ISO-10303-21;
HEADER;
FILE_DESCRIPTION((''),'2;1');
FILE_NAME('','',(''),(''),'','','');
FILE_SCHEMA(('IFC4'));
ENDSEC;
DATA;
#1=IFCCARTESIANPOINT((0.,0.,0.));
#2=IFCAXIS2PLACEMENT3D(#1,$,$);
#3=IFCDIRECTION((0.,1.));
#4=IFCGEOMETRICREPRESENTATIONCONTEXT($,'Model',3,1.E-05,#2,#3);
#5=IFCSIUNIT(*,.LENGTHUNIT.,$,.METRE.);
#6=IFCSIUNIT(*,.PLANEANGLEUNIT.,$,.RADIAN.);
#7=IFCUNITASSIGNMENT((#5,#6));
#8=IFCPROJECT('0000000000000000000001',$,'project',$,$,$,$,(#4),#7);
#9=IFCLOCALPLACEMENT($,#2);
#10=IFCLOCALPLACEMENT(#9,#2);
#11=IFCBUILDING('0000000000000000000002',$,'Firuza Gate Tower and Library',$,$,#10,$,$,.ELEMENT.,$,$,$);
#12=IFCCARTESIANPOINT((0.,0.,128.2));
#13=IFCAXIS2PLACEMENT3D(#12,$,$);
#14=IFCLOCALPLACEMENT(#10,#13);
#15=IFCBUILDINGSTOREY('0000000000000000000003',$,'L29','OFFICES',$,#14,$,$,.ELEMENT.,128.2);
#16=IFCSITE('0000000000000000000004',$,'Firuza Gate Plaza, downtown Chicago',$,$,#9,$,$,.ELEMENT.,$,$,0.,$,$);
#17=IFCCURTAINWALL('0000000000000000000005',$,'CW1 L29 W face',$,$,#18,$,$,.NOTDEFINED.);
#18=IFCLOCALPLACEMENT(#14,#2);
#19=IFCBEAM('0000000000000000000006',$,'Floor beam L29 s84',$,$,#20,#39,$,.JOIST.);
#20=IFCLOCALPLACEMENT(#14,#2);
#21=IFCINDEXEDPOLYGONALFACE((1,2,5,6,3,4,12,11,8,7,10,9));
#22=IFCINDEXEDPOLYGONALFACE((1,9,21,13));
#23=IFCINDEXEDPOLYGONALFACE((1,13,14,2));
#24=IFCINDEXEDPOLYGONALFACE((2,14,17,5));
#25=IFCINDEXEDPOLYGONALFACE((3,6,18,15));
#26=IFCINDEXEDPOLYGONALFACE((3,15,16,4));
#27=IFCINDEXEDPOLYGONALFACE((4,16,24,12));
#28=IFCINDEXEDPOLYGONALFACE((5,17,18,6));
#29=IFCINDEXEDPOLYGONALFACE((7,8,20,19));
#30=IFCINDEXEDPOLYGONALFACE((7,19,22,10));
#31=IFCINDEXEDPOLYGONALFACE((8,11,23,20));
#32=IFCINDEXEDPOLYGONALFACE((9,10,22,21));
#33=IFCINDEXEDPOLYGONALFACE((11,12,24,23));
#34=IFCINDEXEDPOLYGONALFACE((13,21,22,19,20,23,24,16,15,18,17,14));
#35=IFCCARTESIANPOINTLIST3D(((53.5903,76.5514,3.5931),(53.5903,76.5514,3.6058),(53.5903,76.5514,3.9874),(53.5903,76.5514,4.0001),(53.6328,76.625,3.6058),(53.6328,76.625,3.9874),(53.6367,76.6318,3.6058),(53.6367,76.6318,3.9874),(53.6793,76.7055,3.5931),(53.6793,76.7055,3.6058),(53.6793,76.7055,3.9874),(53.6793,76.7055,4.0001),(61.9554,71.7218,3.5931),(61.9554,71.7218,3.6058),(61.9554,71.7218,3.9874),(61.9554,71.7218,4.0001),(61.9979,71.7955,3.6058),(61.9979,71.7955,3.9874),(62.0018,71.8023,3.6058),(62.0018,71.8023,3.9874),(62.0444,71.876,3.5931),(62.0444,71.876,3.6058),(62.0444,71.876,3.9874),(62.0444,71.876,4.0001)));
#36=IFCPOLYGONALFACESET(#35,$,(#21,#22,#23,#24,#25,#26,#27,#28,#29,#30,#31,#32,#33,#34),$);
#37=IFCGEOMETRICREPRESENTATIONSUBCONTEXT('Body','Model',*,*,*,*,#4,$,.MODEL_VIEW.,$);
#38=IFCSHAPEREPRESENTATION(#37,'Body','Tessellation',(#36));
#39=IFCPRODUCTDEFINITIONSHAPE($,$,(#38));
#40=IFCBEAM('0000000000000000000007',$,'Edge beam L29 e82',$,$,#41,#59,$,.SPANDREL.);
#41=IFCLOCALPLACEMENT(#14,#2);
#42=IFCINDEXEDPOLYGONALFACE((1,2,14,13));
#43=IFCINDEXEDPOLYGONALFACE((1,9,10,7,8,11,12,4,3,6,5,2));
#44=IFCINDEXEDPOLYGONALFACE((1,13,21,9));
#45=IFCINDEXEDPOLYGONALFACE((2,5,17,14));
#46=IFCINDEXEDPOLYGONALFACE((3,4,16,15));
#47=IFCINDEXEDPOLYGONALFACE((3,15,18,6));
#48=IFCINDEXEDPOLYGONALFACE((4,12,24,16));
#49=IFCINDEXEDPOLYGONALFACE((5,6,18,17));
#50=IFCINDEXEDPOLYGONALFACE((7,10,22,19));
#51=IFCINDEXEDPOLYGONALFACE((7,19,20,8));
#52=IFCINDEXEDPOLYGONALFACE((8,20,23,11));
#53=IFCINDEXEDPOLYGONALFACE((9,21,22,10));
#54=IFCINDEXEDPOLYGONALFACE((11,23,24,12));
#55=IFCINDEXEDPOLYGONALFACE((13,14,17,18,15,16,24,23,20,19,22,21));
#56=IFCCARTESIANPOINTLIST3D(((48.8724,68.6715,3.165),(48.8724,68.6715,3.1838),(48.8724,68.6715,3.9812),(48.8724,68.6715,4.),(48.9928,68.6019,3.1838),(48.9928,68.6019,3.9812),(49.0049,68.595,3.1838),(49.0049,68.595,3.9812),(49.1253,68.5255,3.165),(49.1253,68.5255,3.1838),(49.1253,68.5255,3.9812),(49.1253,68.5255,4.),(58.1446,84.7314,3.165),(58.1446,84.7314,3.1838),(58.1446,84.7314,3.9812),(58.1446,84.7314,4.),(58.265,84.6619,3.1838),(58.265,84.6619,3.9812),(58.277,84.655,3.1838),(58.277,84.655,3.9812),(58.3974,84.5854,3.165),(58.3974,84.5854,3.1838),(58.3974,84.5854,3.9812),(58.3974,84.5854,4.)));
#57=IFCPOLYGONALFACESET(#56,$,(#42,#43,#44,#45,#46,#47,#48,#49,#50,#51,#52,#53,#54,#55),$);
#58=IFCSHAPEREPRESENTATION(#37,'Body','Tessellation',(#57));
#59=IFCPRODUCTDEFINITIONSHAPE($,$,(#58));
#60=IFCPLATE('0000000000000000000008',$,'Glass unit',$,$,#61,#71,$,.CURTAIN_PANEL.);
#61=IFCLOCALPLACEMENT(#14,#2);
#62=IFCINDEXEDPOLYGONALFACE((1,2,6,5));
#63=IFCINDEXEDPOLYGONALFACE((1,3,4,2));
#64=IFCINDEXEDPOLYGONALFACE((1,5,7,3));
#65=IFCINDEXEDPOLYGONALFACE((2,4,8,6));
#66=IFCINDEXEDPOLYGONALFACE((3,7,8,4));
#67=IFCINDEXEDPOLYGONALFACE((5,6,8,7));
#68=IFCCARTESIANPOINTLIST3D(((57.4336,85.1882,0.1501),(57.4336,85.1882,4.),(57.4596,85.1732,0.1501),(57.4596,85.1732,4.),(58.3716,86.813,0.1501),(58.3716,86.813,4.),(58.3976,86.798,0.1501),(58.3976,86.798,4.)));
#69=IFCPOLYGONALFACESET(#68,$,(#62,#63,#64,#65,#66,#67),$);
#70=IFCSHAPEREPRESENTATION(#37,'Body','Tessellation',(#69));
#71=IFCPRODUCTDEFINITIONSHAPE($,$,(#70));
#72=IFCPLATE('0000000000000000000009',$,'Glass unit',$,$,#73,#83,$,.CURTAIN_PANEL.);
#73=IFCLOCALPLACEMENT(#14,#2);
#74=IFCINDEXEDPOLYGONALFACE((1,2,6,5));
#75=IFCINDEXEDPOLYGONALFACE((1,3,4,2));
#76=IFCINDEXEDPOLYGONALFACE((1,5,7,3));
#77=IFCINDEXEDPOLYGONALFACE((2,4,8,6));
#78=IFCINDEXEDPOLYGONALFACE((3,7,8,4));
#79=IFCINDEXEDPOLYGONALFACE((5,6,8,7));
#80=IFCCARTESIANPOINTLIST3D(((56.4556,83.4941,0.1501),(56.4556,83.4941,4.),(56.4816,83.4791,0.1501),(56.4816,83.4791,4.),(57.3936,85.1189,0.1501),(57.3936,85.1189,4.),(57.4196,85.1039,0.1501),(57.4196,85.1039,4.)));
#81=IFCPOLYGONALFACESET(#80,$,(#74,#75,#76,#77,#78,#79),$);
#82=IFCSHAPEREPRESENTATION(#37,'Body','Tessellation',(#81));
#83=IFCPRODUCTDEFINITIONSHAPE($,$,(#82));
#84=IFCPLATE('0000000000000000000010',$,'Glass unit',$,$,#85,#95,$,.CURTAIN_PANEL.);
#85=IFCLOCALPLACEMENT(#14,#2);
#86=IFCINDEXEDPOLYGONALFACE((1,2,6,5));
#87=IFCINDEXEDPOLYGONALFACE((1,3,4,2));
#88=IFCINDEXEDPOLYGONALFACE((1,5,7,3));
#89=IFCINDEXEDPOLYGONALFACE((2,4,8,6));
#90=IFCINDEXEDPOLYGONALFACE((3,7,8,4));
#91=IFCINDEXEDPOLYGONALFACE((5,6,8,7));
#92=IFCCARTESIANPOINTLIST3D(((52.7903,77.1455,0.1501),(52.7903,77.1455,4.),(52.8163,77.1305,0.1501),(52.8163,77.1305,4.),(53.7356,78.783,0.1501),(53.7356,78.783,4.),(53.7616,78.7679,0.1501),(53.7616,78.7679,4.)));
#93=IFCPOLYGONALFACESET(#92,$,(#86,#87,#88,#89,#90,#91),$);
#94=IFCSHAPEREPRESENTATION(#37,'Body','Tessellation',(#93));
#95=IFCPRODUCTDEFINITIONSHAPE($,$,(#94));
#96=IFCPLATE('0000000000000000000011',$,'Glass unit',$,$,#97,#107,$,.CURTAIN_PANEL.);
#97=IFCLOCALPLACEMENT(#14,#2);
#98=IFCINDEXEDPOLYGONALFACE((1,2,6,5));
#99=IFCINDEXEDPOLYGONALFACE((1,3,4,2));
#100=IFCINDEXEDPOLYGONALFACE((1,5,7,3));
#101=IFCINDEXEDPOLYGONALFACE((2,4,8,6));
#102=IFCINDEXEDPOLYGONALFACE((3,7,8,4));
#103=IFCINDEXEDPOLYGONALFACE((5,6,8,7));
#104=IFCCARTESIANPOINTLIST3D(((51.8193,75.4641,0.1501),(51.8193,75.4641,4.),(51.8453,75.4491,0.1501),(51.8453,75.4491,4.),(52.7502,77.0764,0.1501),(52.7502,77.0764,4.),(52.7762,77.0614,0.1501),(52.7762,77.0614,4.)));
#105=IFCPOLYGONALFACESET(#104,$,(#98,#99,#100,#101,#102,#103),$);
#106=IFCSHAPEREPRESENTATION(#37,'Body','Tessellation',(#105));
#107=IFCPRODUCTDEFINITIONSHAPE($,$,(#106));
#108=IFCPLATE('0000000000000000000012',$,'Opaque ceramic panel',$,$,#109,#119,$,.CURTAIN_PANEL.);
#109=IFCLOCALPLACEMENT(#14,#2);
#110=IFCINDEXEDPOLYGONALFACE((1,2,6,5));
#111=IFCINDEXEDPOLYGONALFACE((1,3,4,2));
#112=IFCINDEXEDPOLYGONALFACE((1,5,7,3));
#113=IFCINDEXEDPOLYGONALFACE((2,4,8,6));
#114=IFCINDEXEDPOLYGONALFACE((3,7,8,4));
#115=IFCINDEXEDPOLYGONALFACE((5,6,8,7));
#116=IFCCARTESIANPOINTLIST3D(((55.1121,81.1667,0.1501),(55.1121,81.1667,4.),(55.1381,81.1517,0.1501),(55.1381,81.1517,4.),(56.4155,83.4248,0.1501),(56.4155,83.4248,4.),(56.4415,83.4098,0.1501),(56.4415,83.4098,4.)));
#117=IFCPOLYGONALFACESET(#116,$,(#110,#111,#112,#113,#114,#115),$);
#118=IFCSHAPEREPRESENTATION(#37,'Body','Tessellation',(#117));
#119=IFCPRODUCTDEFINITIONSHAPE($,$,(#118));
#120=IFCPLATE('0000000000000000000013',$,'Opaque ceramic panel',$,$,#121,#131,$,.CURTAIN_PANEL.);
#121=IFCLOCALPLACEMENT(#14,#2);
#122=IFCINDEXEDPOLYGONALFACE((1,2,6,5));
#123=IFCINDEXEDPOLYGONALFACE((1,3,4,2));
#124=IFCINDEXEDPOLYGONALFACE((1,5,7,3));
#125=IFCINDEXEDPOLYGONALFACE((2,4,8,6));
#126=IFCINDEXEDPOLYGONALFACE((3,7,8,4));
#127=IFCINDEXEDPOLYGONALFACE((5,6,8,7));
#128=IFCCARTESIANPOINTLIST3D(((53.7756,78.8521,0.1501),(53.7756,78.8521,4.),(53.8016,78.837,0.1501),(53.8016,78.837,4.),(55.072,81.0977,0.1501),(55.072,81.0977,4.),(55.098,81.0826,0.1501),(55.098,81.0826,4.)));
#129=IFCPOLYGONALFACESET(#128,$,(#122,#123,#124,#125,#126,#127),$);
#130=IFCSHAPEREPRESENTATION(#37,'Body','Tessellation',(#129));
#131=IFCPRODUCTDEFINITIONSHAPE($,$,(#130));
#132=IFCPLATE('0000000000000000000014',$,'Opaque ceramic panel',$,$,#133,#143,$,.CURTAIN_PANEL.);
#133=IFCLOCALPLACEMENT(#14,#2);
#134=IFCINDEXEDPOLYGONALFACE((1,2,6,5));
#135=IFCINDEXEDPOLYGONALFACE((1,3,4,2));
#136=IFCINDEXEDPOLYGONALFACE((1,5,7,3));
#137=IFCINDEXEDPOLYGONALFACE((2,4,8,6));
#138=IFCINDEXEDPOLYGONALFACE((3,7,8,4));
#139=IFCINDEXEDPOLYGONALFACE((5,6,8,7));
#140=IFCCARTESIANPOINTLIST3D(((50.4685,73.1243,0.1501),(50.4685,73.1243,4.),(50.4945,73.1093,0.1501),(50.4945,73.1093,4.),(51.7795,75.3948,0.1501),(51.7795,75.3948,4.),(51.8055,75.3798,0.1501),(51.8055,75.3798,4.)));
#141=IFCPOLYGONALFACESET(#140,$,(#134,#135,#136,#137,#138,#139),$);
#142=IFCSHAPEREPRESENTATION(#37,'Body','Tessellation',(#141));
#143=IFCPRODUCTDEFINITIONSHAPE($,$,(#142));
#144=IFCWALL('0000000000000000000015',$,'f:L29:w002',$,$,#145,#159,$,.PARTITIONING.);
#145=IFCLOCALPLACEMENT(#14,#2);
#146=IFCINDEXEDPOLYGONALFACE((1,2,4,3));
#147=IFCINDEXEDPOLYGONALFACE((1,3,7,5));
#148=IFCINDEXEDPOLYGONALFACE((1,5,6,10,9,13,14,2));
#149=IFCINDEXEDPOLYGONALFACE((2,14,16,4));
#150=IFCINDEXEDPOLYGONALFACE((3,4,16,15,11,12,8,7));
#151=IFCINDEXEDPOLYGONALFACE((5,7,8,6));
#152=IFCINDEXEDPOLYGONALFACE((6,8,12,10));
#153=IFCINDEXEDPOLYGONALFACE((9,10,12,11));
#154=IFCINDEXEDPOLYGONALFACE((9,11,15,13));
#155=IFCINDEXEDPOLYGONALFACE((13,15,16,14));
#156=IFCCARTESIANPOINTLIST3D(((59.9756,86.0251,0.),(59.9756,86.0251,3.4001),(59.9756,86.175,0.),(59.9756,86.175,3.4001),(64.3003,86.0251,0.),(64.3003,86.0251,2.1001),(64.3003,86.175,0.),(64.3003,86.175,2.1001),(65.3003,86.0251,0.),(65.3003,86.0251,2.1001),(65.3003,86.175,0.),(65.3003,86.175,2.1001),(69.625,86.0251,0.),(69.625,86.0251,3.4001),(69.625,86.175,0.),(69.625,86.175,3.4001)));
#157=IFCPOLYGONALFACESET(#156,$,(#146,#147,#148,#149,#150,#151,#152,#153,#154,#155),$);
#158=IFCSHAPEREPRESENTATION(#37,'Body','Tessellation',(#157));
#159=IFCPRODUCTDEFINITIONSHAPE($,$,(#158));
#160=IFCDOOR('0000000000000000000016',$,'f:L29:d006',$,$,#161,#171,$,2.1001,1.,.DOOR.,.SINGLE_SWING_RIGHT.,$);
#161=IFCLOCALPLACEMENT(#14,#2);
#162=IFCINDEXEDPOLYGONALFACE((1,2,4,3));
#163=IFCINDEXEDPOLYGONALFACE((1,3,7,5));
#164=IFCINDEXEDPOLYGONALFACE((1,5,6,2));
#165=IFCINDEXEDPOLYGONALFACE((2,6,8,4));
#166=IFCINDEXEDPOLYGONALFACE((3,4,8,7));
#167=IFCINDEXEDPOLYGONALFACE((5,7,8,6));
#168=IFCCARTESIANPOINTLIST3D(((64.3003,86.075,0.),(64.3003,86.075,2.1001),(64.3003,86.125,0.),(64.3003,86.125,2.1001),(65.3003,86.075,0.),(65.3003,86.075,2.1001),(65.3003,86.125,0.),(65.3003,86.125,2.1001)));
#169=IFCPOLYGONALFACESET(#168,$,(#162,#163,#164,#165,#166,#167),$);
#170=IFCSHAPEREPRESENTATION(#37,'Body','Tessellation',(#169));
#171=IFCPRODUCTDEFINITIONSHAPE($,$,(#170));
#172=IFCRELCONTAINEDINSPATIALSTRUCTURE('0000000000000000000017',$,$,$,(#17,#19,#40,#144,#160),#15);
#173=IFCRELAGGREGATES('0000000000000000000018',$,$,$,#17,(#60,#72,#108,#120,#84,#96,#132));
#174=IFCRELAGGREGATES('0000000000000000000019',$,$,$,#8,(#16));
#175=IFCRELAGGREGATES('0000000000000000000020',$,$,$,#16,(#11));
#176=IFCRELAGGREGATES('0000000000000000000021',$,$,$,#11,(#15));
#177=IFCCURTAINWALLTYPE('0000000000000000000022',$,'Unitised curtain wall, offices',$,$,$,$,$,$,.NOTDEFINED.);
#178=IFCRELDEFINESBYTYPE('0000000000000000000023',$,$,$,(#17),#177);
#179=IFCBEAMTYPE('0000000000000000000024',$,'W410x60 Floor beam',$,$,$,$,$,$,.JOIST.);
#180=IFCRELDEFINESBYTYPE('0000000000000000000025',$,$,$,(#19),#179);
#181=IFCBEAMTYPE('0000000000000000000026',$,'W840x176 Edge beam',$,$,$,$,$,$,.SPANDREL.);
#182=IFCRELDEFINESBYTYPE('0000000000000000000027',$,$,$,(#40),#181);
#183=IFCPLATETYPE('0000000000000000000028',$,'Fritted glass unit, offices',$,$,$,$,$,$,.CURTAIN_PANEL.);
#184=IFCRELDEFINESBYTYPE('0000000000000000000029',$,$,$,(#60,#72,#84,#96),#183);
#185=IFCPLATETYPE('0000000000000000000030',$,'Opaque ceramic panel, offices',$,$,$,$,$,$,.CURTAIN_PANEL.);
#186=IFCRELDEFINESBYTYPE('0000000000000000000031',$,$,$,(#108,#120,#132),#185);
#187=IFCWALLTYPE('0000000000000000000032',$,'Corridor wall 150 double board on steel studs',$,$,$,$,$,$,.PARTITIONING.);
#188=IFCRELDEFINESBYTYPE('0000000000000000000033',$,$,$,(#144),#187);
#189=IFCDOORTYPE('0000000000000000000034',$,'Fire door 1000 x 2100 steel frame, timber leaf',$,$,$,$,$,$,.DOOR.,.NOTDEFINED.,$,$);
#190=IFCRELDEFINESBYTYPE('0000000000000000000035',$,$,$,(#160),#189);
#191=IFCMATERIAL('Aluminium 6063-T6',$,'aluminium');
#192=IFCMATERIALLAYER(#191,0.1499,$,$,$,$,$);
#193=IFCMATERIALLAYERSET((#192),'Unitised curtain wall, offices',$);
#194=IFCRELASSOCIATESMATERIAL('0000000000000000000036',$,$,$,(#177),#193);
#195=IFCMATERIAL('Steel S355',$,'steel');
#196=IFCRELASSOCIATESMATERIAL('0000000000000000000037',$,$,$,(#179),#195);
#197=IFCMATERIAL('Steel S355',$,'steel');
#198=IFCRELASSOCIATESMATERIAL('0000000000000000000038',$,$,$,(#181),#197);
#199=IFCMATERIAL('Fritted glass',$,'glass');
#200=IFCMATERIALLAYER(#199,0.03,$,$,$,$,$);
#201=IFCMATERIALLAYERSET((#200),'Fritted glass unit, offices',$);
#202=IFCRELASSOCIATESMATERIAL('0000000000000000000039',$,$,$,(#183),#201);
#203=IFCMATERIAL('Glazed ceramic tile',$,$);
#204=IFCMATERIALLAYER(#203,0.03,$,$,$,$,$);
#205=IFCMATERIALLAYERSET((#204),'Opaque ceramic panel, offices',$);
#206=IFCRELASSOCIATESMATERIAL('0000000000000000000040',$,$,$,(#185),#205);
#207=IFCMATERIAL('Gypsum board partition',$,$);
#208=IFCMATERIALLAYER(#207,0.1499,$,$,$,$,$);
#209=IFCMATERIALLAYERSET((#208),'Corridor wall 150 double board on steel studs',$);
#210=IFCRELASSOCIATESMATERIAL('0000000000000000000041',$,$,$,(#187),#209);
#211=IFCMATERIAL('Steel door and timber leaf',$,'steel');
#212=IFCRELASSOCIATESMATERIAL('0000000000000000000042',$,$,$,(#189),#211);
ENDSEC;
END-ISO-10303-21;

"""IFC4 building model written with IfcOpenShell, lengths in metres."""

from ifc_helpers import new_model, si_unit, direction, frame, frame_2d, origin, origin_2d, place, context, subcontext, project, spatial, polyline, rectangle, i_section, outline, extrude, material, layer, layer_set, material_profile, profile_set, type_object, element, fill, aggregate, save


model = new_model("IFC4")

# Units and contexts
model_context = context("Model", 3, precision=1e-05, world=origin(), true_north=direction((0.0, 1.0)))
body_context = subcontext(model_context, "Body", "Model", "MODEL_VIEW")
ifc_project = project(units=[si_unit("LENGTHUNIT", "METRE"), si_unit("PLANEANGLEUNIT", "RADIAN")], contexts=[model_context])

# Site, building, storey
site_placement = place(None, origin())
site = spatial("IfcSite", under=ifc_project, at=site_placement, Name="Firuza Gate Plaza, downtown Chicago", CompositionType="ELEMENT", RefElevation=0.0)
building_placement = place(site_placement, origin())
building = spatial("IfcBuilding", under=site, at=building_placement, Name="Firuza Gate Tower and Library", CompositionType="ELEMENT")
storey_placement = place(building_placement, frame((0.0, 0.0, 128.2)))
storey = spatial("IfcBuildingStorey", under=building, at=storey_placement, Name="L29", Description="OFFICES", CompositionType="ELEMENT", Elevation=128.2)

# Curtain wall
ifc_material_1 = material(Name="Aluminium 6063-T6", Category="aluminium")
ifc_layer_1 = layer(ifc_material_1, 0.1499)
ifc_layer_set_1 = layer_set([ifc_layer_1], Name="Unitised curtain wall, offices")
curtain_wall_type = type_object("IfcCurtainWallType", Name="Unitised curtain wall, offices", PredefinedType="NOTDEFINED", material=ifc_layer_set_1)
curtain_wall_placement = place(storey_placement, origin())
curtain_wall = element("IfcCurtainWall", 1, at=curtain_wall_placement, inside=storey, type_object=curtain_wall_type, Name="CW1 L29 W face", PredefinedType="NOTDEFINED")

# Beams
ifc_material_2 = material(Name="Steel S355", Category="steel")
ifc_material_profile_1 = material_profile(ifc_material_2, i_section(OverallWidth=0.178, OverallDepth=0.407, WebThickness=0.0078, FlangeThickness=0.0127, at=origin_2d()))
ifc_profile_set_1 = profile_set([ifc_material_profile_1], Name="Steel S355")
beam_type_1 = type_object("IfcBeamType", Name="W410x60 Floor beam", PredefinedType="JOIST", material=ifc_profile_set_1)
beam_1_placement = place(storey_placement, frame((53.6348, 76.6284, 3.7966), z_axis=(0.866029, -0.499994, 0.0), x_axis=(0.499994, 0.866029, 0.0)))
element("IfcBeam", 2, at=beam_1_placement, inside=storey, type_object=beam_type_1, Name="Floor beam L29 s84", PredefinedType="JOIST", context=body_context, shape_type="SweptSolid", body=[
    extrude(i_section(OverallWidth=0.178, OverallDepth=0.407, WebThickness=0.0078, FlangeThickness=0.0127, at=origin_2d()), origin(), (0.0, 0.0, 1.0), 9.6592),
])
ifc_material_3 = material(Name="Steel S355", Category="steel")
ifc_material_profile_2 = material_profile(ifc_material_3, i_section(OverallWidth=0.292, OverallDepth=0.835, WebThickness=0.0139, FlangeThickness=0.0188, at=origin_2d()))
ifc_profile_set_2 = profile_set([ifc_material_profile_2], Name="Steel S355")
beam_type_2 = type_object("IfcBeamType", Name="W840x176 Edge beam", PredefinedType="SPANDREL", material=ifc_profile_set_2)
beam_2_placement = place(storey_placement, frame((58.271, 84.6584, 3.5825), z_axis=(-0.499997, -0.866027, 0.0), x_axis=(0.866027, -0.499997, 0.0)))
element("IfcBeam", 3, at=beam_2_placement, inside=storey, type_object=beam_type_2, Name="Edge beam L29 e82", PredefinedType="SPANDREL", context=body_context, shape_type="SweptSolid", body=[
    extrude(i_section(OverallWidth=0.292, OverallDepth=0.835, WebThickness=0.0139, FlangeThickness=0.0188, at=origin_2d()), origin(), (0.0, 0.0, 1.0), 18.5444),
])

# Plates
ifc_material_4 = material(Name="Fritted glass", Category="glass")
ifc_layer_2 = layer(ifc_material_4, 0.03)
ifc_layer_set_2 = layer_set([ifc_layer_2], Name="Fritted glass unit, offices")
plate_type_1 = type_object("IfcPlateType", Name="Fritted glass unit, offices", PredefinedType="CURTAIN_PANEL", material=ifc_layer_set_2)
plate_1_placement = place(storey_placement, frame((58.3716, 86.813, 0.1501), z_axis=(-0.86604, 0.499974, 0.0), x_axis=(-0.499974, -0.86604, 0.0)))
plate_1 = element("IfcPlate", 4, at=plate_1_placement, type_object=plate_type_1, Name="Glass unit", PredefinedType="CURTAIN_PANEL", context=body_context, shape_type="SweptSolid", body=[
    extrude(outline(polyline([(0.0, 0.0), (1.8761, 0.0), (1.8761, 3.8499), (0.0, 3.8499), (0.0, 0.0)])), origin(), (0.0, 0.0, -1.0), 0.03),
])
plate_2_placement = place(storey_placement, frame((57.3936, 85.1189, 0.1501), z_axis=(-0.86604, 0.499974, 0.0), x_axis=(-0.499974, -0.86604, 0.0)))
plate_2 = element("IfcPlate", 5, at=plate_2_placement, type_object=plate_type_1, Name="Glass unit", PredefinedType="CURTAIN_PANEL", context=body_context, shape_type="SweptSolid", body=[
    extrude(outline(polyline([(0.0, 0.0), (1.8761, 0.0), (1.8761, 3.8499), (0.0, 3.8499), (0.0, 0.0)])), origin(), (0.0, 0.0, -1.0), 0.03),
])
plate_3_placement = place(storey_placement, frame((53.7356, 78.783, 0.1501), z_axis=(-0.866042, 0.499972, 0.0), x_axis=(-0.499972, -0.866042, 0.0)))
plate_3 = element("IfcPlate", 6, at=plate_3_placement, type_object=plate_type_1, Name="Glass unit", PredefinedType="CURTAIN_PANEL", context=body_context, shape_type="SweptSolid", body=[
    extrude(outline(polyline([(0.0, 0.0), (1.8907, 0.0), (1.8907, 3.8499), (0.0, 3.8499), (0.0, 0.0)])), origin(), (0.0, 0.0, -1.0), 0.03),
])
plate_4_placement = place(storey_placement, frame((52.7502, 77.0764, 0.1501), z_axis=(-0.866015, 0.500018, 0.0), x_axis=(-0.500018, -0.866015, 0.0)))
plate_4 = element("IfcPlate", 7, at=plate_4_placement, type_object=plate_type_1, Name="Glass unit", PredefinedType="CURTAIN_PANEL", context=body_context, shape_type="SweptSolid", body=[
    extrude(outline(polyline([(0.0, 0.0), (1.8618, 0.0), (1.8618, 3.8499), (0.0, 3.8499), (0.0, 0.0)])), origin(), (0.0, 0.0, -1.0), 0.03),
])
ifc_material_5 = material(Name="Glazed ceramic tile")
ifc_layer_3 = layer(ifc_material_5, 0.03)
ifc_layer_set_3 = layer_set([ifc_layer_3], Name="Opaque ceramic panel, offices")
plate_type_2 = type_object("IfcPlateType", Name="Opaque ceramic panel, offices", PredefinedType="CURTAIN_PANEL", material=ifc_layer_set_3)
plate_5_placement = place(storey_placement, frame((56.4155, 83.4248, 0.1501), z_axis=(-0.866062, 0.499936, 0.0), x_axis=(-0.499936, -0.866062, 0.0)))
plate_5 = element("IfcPlate", 8, at=plate_5_placement, type_object=plate_type_2, Name="Opaque ceramic panel", PredefinedType="CURTAIN_PANEL", context=body_context, shape_type="SweptSolid", body=[
    extrude(outline(polyline([(0.0, 0.0), (2.6073, 0.0), (2.6073, 3.8499), (0.0, 3.8499), (0.0, 0.0)])), origin(), (0.0, 0.0, -1.0), 0.03),
])
plate_6_placement = place(storey_placement, frame((55.072, 81.0977, 0.1501), z_axis=(-0.866044, 0.499967, 0.0), x_axis=(-0.499967, -0.866044, 0.0)))
plate_6 = element("IfcPlate", 9, at=plate_6_placement, type_object=plate_type_2, Name="Opaque ceramic panel", PredefinedType="CURTAIN_PANEL", context=body_context, shape_type="SweptSolid", body=[
    extrude(outline(polyline([(0.0, 0.0), (2.5929, 0.0), (2.5929, 3.8499), (0.0, 3.8499), (0.0, 0.0)])), origin(), (0.0, 0.0, -1.0), 0.03),
])
plate_7_placement = place(storey_placement, frame((51.7795, 75.3948, 0.1501), z_axis=(-0.865999, 0.500045, 0.0), x_axis=(-0.500045, -0.865999, 0.0)))
plate_7 = element("IfcPlate", 10, at=plate_7_placement, type_object=plate_type_2, Name="Opaque ceramic panel", PredefinedType="CURTAIN_PANEL", context=body_context, shape_type="SweptSolid", body=[
    extrude(outline(polyline([(0.0, 0.0), (2.6218, 0.0), (2.6218, 3.8499), (0.0, 3.8499), (0.0, 0.0)])), origin(), (0.0, 0.0, -1.0), 0.03),
])
aggregate(curtain_wall, [plate_1, plate_2, plate_5, plate_6, plate_3, plate_4, plate_7])

# Wall, opening, door
ifc_material_6 = material(Name="Gypsum board partition")
ifc_layer_4 = layer(ifc_material_6, 0.1499)
ifc_layer_set_4 = layer_set([ifc_layer_4], Name="Corridor wall 150 double board on steel studs")
wall_type_1 = type_object("IfcWallType", Name="Corridor wall 150 double board on steel studs", PredefinedType="PARTITIONING", material=ifc_layer_set_4)
wall_1_placement = place(storey_placement, frame((59.9756, 86.1001, 0.0), z_axis=(0.0, 0.0, 1.0), x_axis=(1.0, 0.0, 0.0)))
wall_1 = element("IfcWall", 11, at=wall_1_placement, inside=storey, type_object=wall_type_1, Name="f:L29:w002", PredefinedType="PARTITIONING", context=body_context, shape_type="SweptSolid", body=[
    extrude(rectangle(XDim=9.6494, YDim=0.1499, at=frame_2d((4.8247, 0.0))), origin(), (0.0, 0.0, 1.0), 3.4001),
])
opening_1_placement = place(wall_1_placement, frame((4.3247, 0.0, 0.0)))
opening_1 = element("IfcOpeningElement", 12, at=opening_1_placement, cuts=wall_1, PredefinedType="OPENING", context=body_context, shape_type="SweptSolid", body=[
    extrude(rectangle(XDim=1.0, YDim=2.1001, at=frame_2d((0.5, 1.05))), frame((0.0, 0.085, 0.0), z_axis=(0.0, -1.0, 0.0), x_axis=(1.0, 0.0, 0.0)), (0.0, 0.0, 1.0), 0.1699),
])
ifc_material_7 = material(Name="Steel door and timber leaf", Category="steel")
door_type_1 = type_object("IfcDoorType", Name="Fire door 1000 x 2100 steel frame, timber leaf", OperationType="NOTDEFINED", PredefinedType="DOOR", material=ifc_material_7)
door_1_placement = place(opening_1_placement, origin())
door_1 = element("IfcDoor", 13, at=door_1_placement, inside=storey, type_object=door_type_1, Name="f:L29:d006", OperationType="SINGLE_SWING_RIGHT", OverallHeight=2.1001, OverallWidth=1.0, PredefinedType="DOOR", context=body_context, shape_type="SweptSolid", body=[
    extrude(rectangle(XDim=1.0, YDim=2.1001, at=frame_2d((0.5, 1.05))), frame((0.0, 0.0249, 0.0), z_axis=(0.0, -1.0, 0.0), x_axis=(1.0, 0.0, 0.0)), (0.0, 0.0, 1.0), 0.05),
])
fill(opening_1, door_1)

save(model, "model.ifc")
